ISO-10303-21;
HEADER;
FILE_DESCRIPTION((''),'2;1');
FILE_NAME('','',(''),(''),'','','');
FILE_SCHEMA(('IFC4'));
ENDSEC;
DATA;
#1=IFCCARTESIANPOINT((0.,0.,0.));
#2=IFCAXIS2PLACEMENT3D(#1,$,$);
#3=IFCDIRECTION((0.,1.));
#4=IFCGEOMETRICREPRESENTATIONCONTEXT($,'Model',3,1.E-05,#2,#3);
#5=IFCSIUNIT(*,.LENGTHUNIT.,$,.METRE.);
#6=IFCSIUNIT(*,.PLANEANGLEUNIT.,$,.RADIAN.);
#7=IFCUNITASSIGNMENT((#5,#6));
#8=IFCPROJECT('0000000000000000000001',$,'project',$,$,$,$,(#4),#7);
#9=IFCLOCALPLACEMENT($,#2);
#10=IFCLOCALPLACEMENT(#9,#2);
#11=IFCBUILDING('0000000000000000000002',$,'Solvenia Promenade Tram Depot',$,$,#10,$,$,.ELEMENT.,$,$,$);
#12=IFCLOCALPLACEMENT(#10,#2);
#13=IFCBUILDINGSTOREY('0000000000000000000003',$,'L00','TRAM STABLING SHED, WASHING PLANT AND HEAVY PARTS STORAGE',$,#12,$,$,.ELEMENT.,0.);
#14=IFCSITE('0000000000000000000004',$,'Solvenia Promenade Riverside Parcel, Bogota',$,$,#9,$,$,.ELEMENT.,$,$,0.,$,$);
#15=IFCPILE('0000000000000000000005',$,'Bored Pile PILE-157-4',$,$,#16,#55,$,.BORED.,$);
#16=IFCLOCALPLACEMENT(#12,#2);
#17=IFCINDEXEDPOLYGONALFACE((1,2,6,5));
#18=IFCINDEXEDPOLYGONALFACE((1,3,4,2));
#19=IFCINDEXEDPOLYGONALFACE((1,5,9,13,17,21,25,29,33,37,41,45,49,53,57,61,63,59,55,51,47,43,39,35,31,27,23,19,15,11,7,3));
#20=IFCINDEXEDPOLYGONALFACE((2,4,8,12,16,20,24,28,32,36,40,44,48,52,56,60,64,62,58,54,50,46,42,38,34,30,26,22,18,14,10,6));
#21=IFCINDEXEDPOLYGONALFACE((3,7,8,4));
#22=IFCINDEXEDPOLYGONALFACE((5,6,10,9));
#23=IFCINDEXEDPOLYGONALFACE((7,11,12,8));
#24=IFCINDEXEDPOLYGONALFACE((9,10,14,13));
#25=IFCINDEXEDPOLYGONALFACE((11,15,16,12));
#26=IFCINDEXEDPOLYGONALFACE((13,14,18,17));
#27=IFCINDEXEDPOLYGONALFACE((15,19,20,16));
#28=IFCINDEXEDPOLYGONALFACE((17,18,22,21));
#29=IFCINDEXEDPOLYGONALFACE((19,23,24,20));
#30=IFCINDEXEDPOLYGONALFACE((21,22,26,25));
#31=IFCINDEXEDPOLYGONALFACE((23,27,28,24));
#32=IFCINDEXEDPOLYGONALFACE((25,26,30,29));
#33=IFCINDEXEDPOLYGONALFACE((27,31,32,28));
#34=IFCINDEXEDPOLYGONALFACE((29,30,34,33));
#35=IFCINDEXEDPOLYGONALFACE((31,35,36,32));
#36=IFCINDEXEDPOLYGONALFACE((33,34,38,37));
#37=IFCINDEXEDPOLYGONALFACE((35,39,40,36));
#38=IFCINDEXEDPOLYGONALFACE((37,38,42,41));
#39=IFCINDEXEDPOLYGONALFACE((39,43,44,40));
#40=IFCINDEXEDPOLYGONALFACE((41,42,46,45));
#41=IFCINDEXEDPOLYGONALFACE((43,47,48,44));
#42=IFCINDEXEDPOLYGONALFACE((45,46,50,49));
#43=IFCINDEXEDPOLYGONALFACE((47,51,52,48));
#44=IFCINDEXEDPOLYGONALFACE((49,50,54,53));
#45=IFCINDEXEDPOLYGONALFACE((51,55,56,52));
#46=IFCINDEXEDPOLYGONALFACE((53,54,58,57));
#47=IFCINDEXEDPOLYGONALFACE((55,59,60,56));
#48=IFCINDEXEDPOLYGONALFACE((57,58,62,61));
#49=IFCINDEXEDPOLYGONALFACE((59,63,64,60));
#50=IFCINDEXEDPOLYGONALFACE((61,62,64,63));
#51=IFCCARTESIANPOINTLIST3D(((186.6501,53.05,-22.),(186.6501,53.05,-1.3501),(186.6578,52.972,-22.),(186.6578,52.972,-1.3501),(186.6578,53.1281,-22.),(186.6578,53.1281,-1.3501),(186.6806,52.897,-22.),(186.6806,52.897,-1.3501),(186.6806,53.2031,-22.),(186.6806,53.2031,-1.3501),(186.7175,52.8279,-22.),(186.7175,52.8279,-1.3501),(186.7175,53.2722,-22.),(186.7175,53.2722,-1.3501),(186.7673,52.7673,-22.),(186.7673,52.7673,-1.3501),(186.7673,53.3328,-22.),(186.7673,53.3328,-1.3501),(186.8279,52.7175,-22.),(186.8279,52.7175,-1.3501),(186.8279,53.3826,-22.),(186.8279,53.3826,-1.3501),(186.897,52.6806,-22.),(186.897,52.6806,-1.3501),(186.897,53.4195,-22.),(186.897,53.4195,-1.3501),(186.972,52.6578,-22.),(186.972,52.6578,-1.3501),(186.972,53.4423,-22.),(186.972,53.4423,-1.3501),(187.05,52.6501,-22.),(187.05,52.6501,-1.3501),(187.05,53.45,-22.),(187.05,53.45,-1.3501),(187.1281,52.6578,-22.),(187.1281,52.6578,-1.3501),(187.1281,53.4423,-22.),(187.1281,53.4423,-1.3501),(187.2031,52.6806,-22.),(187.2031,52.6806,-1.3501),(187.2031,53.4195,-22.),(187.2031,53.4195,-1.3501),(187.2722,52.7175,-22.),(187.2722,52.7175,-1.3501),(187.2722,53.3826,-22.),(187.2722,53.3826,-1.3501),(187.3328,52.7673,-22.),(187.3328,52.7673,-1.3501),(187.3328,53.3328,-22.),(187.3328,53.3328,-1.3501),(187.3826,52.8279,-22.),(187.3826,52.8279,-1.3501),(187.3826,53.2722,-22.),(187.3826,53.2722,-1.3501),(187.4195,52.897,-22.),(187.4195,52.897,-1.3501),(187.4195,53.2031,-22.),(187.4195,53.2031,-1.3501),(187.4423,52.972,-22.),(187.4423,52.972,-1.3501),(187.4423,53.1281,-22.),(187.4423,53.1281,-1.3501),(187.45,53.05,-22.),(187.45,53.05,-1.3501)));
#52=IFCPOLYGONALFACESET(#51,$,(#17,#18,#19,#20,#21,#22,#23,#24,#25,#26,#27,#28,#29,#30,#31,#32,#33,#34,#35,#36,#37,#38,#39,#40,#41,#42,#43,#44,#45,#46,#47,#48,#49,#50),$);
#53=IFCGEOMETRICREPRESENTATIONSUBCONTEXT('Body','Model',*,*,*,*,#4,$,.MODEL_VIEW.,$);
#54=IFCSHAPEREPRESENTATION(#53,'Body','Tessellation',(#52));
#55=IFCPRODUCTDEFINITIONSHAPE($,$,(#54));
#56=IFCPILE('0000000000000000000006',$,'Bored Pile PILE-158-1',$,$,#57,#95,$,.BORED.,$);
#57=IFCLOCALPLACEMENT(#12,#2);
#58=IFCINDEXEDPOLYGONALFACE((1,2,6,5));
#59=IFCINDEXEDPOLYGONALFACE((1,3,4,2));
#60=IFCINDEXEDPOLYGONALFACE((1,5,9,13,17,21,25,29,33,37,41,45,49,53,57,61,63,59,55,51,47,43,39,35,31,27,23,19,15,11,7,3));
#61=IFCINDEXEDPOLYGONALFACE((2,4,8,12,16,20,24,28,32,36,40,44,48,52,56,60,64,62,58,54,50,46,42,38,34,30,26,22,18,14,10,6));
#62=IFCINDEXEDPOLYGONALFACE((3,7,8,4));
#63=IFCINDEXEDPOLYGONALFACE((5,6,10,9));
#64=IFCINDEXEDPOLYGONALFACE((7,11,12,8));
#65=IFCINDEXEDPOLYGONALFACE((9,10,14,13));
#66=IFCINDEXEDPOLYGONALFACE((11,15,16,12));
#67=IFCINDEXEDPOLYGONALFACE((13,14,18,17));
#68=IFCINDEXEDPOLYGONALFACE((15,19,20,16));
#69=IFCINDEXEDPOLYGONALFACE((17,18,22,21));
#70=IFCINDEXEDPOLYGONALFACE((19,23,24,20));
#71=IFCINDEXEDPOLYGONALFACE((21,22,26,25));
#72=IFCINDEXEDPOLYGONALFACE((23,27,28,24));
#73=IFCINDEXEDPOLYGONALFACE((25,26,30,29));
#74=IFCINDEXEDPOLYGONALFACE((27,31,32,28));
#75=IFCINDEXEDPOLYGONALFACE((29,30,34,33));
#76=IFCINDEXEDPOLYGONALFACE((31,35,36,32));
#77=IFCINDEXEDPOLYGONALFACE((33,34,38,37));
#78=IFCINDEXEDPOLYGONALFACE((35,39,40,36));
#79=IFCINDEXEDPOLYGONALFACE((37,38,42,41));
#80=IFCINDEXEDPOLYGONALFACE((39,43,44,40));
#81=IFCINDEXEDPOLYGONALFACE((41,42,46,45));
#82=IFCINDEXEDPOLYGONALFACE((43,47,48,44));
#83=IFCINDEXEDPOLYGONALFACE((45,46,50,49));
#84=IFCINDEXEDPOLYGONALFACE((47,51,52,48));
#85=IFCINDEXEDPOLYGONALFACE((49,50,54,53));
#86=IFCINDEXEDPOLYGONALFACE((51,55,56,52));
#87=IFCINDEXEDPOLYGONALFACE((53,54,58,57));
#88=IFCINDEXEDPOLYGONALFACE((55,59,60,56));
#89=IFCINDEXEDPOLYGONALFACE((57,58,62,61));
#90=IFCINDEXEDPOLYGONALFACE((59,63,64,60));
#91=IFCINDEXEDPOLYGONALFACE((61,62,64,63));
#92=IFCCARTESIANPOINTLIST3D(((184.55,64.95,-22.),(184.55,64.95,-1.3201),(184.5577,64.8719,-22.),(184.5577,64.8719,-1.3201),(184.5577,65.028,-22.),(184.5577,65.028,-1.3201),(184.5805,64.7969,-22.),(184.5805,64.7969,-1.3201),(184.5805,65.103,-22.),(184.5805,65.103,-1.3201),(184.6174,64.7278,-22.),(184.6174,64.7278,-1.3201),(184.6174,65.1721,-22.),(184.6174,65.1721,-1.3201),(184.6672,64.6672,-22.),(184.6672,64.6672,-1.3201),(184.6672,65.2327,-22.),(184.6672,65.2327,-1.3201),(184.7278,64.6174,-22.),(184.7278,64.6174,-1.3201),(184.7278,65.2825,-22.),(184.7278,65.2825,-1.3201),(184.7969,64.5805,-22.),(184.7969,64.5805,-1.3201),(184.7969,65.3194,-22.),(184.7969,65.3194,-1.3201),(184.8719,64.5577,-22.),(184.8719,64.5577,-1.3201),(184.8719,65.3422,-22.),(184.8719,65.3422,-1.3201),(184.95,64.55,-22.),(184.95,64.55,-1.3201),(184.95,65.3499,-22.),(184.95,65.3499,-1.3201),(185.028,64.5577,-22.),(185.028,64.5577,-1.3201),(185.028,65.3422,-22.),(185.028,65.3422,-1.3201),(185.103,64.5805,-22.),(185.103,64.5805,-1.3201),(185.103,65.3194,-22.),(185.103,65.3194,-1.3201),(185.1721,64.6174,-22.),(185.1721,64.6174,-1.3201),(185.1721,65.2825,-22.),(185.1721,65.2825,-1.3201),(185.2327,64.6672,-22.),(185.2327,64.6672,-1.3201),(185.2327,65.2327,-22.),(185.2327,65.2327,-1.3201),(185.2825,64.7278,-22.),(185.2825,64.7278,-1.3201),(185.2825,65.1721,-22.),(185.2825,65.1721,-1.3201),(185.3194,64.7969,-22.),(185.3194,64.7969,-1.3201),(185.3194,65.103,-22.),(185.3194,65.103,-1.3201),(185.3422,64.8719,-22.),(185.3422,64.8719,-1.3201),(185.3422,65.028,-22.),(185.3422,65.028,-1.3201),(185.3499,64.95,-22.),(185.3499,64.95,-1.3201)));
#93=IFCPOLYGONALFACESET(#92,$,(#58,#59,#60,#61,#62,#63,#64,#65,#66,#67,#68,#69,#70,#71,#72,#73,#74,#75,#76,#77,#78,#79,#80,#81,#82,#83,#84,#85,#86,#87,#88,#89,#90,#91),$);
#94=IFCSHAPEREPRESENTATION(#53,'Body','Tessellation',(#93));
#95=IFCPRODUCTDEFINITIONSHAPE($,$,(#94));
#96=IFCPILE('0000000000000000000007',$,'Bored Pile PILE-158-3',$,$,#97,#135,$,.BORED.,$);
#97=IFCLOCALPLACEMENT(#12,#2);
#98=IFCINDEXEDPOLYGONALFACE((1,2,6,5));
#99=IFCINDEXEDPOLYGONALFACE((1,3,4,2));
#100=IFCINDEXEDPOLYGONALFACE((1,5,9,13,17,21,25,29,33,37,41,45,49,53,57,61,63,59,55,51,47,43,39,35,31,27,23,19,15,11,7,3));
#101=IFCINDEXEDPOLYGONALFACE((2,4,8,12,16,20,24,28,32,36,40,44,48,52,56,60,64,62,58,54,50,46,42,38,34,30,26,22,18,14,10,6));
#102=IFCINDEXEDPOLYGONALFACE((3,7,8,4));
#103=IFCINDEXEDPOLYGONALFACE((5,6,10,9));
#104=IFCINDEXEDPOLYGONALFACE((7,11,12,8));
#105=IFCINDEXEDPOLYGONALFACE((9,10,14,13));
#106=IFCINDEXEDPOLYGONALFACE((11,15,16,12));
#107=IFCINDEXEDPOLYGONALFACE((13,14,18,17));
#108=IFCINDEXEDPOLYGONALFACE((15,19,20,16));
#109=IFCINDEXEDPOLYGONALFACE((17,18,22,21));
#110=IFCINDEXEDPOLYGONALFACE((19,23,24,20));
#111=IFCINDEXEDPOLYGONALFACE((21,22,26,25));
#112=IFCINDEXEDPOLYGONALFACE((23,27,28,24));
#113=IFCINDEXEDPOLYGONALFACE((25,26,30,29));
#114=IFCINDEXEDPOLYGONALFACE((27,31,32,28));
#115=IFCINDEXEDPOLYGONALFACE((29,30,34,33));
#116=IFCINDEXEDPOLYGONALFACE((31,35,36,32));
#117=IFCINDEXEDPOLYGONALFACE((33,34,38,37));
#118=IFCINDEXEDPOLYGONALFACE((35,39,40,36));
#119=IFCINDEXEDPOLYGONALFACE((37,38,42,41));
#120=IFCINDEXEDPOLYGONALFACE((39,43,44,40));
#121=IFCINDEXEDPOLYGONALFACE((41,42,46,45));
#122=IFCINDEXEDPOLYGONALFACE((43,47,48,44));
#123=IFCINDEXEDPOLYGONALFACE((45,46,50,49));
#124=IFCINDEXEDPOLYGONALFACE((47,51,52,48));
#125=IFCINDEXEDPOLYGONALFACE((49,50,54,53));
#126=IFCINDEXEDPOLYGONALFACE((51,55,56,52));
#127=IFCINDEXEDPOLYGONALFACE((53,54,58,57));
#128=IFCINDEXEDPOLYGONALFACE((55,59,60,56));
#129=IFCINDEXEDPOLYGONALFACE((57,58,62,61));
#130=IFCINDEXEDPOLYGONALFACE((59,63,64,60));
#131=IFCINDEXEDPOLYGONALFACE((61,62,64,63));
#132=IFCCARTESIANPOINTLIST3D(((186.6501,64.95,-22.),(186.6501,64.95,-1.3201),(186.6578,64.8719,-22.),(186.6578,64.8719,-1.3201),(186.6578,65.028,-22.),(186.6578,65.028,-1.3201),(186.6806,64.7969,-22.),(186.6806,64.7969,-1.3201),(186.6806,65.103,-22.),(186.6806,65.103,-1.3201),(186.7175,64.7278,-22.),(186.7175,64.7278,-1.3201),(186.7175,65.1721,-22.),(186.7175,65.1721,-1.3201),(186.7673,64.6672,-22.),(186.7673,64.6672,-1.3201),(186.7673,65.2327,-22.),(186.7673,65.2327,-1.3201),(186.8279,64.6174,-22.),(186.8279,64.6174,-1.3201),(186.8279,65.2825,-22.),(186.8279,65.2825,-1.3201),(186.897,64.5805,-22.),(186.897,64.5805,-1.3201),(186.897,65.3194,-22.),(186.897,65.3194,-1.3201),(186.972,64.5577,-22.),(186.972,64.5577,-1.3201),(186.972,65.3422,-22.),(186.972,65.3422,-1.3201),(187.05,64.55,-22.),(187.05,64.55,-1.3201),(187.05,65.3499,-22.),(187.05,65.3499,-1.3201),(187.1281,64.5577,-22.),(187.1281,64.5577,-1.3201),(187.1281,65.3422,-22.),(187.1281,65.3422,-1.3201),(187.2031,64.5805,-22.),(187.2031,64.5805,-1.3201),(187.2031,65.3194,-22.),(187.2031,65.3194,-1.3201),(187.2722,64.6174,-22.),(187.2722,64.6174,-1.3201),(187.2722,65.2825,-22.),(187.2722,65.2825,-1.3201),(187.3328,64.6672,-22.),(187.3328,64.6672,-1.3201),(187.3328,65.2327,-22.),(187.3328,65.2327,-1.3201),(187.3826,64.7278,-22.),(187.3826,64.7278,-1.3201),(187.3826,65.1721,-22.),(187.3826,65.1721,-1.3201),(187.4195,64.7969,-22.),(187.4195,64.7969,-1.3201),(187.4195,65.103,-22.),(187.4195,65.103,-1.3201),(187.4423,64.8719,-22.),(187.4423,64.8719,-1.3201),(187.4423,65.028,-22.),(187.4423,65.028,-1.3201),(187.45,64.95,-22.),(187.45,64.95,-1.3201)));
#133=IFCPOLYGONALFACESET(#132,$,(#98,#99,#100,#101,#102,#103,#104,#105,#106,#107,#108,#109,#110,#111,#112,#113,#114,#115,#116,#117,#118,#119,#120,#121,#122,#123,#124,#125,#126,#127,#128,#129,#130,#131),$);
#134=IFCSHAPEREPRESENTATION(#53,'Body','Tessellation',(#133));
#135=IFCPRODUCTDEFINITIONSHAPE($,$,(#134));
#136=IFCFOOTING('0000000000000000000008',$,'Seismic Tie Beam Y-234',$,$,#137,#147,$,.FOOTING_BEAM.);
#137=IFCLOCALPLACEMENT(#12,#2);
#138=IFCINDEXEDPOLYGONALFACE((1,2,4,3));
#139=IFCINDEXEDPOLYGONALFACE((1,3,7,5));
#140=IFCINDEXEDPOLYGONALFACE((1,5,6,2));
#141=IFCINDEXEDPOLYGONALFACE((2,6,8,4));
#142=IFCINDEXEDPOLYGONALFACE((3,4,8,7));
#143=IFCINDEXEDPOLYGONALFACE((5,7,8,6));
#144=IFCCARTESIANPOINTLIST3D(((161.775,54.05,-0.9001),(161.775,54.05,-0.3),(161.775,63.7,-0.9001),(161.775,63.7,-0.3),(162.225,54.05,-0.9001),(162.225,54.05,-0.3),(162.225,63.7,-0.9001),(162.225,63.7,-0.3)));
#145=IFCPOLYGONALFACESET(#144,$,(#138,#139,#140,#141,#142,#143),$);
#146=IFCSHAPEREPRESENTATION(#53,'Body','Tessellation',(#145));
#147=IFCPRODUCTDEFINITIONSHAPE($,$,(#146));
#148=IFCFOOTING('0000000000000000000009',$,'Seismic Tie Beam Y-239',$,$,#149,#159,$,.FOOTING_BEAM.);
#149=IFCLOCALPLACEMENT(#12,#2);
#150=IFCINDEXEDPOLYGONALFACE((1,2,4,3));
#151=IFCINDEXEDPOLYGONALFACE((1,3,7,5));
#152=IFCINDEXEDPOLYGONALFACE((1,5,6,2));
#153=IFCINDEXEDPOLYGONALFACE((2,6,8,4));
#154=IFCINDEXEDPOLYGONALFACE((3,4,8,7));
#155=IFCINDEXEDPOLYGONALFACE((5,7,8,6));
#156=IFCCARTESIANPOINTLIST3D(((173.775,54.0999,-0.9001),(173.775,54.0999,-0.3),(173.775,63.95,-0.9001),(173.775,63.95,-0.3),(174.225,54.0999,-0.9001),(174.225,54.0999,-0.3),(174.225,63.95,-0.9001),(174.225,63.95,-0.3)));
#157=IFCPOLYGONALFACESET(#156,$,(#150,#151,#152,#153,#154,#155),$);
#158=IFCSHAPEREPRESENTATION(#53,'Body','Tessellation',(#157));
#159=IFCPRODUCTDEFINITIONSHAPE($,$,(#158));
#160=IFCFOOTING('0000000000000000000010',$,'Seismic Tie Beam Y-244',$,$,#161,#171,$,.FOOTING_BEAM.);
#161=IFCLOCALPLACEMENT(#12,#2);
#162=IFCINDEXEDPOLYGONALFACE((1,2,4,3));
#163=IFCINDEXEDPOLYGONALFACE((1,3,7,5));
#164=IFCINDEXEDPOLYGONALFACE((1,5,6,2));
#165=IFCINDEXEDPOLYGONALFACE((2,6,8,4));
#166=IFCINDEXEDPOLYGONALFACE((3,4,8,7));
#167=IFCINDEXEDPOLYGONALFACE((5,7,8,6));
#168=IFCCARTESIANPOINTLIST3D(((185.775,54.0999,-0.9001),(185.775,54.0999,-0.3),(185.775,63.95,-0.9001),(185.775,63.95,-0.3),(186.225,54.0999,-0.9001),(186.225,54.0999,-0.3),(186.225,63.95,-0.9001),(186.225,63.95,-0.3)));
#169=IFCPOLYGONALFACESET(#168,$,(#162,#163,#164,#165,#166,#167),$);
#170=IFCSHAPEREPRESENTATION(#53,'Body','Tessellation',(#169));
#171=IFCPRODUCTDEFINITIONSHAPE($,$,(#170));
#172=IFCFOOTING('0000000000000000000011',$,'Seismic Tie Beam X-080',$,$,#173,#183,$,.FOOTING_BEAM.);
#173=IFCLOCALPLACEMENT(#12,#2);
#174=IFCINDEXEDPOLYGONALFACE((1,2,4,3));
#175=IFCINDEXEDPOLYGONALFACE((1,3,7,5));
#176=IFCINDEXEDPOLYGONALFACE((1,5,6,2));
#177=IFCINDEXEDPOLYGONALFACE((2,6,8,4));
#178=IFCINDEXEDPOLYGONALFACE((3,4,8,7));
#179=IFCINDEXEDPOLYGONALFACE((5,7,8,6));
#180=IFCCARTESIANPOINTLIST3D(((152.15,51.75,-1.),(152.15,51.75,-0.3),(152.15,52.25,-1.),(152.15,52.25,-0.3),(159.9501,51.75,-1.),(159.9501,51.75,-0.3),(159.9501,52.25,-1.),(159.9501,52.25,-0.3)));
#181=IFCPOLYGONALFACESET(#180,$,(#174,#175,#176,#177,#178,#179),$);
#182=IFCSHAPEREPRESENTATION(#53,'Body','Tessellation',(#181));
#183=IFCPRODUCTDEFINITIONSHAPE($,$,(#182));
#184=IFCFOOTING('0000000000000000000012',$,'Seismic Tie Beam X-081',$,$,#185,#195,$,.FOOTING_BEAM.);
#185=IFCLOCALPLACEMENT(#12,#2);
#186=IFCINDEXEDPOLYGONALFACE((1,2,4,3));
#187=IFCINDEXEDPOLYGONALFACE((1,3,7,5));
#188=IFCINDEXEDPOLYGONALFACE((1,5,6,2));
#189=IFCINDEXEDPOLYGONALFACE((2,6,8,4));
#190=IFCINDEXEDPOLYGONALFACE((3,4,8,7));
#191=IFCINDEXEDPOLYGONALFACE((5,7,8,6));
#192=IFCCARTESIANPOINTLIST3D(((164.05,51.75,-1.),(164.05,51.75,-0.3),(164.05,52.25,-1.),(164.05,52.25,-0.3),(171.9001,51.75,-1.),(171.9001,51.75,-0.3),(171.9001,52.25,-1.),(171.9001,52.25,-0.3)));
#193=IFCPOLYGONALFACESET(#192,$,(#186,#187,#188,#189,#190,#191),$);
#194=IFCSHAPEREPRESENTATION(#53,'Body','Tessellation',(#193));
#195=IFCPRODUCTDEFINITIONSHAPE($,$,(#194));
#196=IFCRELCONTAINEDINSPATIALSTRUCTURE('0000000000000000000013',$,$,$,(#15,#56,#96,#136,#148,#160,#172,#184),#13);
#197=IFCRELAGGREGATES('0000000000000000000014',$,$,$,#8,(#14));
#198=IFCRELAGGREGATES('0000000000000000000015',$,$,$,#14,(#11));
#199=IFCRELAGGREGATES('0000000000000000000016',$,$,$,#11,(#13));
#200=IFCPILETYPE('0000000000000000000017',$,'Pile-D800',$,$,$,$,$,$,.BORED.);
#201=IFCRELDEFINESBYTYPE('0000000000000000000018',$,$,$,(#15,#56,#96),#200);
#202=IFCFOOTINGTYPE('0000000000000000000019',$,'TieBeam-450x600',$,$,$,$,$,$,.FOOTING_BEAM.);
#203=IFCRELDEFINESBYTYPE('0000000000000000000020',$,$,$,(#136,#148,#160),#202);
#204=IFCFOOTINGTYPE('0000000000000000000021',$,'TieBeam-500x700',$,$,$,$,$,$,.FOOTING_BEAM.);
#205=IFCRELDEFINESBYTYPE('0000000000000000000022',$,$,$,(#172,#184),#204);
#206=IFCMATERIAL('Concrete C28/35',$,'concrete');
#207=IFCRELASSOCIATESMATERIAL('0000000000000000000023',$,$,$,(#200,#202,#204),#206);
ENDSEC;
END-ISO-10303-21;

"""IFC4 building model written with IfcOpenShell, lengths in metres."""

from ifc_helpers import new_model, si_unit, direction, frame, origin, origin_2d, place, context, subcontext, project, spatial, rectangle, circle, extrude, material, material_profile, profile_set, type_object, element, save


model = new_model("IFC4")

# Units and contexts
model_context = context("Model", 3, precision=1e-05, world=origin(), true_north=direction((0.0, 1.0)))
body_context = subcontext(model_context, "Body", "Model", "MODEL_VIEW")
ifc_project = project(units=[si_unit("LENGTHUNIT", "METRE"), si_unit("PLANEANGLEUNIT", "RADIAN")], contexts=[model_context])

# Site, building, storey
site_placement = place(None, origin())
site = spatial("IfcSite", under=ifc_project, at=site_placement, Name="Solvenia Promenade Riverside Parcel, Bogota", CompositionType="ELEMENT", RefElevation=0.0)
building_placement = place(site_placement, origin())
building = spatial("IfcBuilding", under=site, at=building_placement, Name="Solvenia Promenade Tram Depot", CompositionType="ELEMENT")
storey_placement = place(building_placement, origin())
storey = spatial("IfcBuildingStorey", under=building, at=storey_placement, Name="L00", Description="TRAM STABLING SHED, WASHING PLANT AND HEAVY PARTS STORAGE", CompositionType="ELEMENT", Elevation=0.0)

# Shared definitions
ifc_material_1 = material(Name="Concrete C28/35", Category="concrete")

# Piles
ifc_material_profile_1 = material_profile(ifc_material_1, circle(Radius=0.3999, at=origin_2d()), Name="D800", Category="concrete")
ifc_profile_set_1 = profile_set([ifc_material_profile_1], Name="Concrete C28/35")
pile_type_1 = type_object("IfcPileType", Name="Pile-D800", PredefinedType="BORED", material=ifc_profile_set_1)
for number, where, z_axis, x_axis, name in (
    (1, (187.05, 53.05, -1.3501), (0.0, 0.0, -1.0), (1.0, 0.0, 0.0), "Bored Pile PILE-157-4"),
):
    element("IfcPile", number, at=place(storey_placement, frame(where, z_axis=z_axis, x_axis=x_axis)), inside=storey, type_object=pile_type_1, Name=name, PredefinedType="BORED", context=body_context, shape_type="SweptSolid", body=[
        extrude(circle(Radius=0.3999, at=origin_2d()), origin(), (0.0, 0.0, 1.0), 20.6499),
    ])
for number, where, z_axis, x_axis, name in (
    (2, (184.95, 64.95, -1.3201), (0.0, 0.0, -1.0), (1.0, 0.0, 0.0), "Bored Pile PILE-158-1"),
    (3, (187.05, 64.95, -1.3201), (0.0, 0.0, -1.0), (1.0, 0.0, 0.0), "Bored Pile PILE-158-3"),
):
    element("IfcPile", number, at=place(storey_placement, frame(where, z_axis=z_axis, x_axis=x_axis)), inside=storey, type_object=pile_type_1, Name=name, PredefinedType="BORED", context=body_context, shape_type="SweptSolid", body=[
        extrude(circle(Radius=0.3999, at=origin_2d()), origin(), (0.0, 0.0, 1.0), 20.6799),
    ])

# Footings
footing_type_1 = type_object("IfcFootingType", Name="TieBeam-450x600", PredefinedType="FOOTING_BEAM", material=ifc_material_1)
footing_1_placement = place(storey_placement, frame((162.0, 58.875, -0.9001), z_axis=(0.0, 0.0, 1.0), x_axis=(1.0, 0.0, 0.0)))
element("IfcFooting", 4, at=footing_1_placement, inside=storey, type_object=footing_type_1, Name="Seismic Tie Beam Y-234", PredefinedType="FOOTING_BEAM", context=body_context, shape_type="SweptSolid", body=[
    extrude(rectangle(XDim=0.45, YDim=9.6499, at=origin_2d()), origin(), (0.0, 0.0, 1.0), 0.6001),
])
for number, where, z_axis, x_axis, name in (
    (5, (174.0, 59.0249, -0.9001), (0.0, 0.0, 1.0), (1.0, 0.0, 0.0), "Seismic Tie Beam Y-239"),
    (6, (186.0, 59.0249, -0.9001), (0.0, 0.0, 1.0), (1.0, 0.0, 0.0), "Seismic Tie Beam Y-244"),
):
    element("IfcFooting", number, at=place(storey_placement, frame(where, z_axis=z_axis, x_axis=x_axis)), inside=storey, type_object=footing_type_1, Name=name, PredefinedType="FOOTING_BEAM", context=body_context, shape_type="SweptSolid", body=[
        extrude(rectangle(XDim=0.45, YDim=9.8501, at=origin_2d()), origin(), (0.0, 0.0, 1.0), 0.6001),
    ])
footing_type_2 = type_object("IfcFootingType", Name="TieBeam-500x700", PredefinedType="FOOTING_BEAM", material=ifc_material_1)
footing_2_placement = place(storey_placement, frame((156.05, 52.0, -1.0), z_axis=(0.0, 0.0, 1.0), x_axis=(1.0, 0.0, 0.0)))
element("IfcFooting", 7, at=footing_2_placement, inside=storey, type_object=footing_type_2, Name="Seismic Tie Beam X-080", PredefinedType="FOOTING_BEAM", context=body_context, shape_type="SweptSolid", body=[
    extrude(rectangle(XDim=7.8, YDim=0.5, at=origin_2d()), origin(), (0.0, 0.0, 1.0), 0.7),
])
footing_3_placement = place(storey_placement, frame((167.9751, 52.0, -1.0), z_axis=(0.0, 0.0, 1.0), x_axis=(1.0, 0.0, 0.0)))
element("IfcFooting", 8, at=footing_3_placement, inside=storey, type_object=footing_type_2, Name="Seismic Tie Beam X-081", PredefinedType="FOOTING_BEAM", context=body_context, shape_type="SweptSolid", body=[
    extrude(rectangle(XDim=7.8501, YDim=0.5, at=origin_2d()), origin(), (0.0, 0.0, 1.0), 0.7),
])

save(model, "model.ifc")
